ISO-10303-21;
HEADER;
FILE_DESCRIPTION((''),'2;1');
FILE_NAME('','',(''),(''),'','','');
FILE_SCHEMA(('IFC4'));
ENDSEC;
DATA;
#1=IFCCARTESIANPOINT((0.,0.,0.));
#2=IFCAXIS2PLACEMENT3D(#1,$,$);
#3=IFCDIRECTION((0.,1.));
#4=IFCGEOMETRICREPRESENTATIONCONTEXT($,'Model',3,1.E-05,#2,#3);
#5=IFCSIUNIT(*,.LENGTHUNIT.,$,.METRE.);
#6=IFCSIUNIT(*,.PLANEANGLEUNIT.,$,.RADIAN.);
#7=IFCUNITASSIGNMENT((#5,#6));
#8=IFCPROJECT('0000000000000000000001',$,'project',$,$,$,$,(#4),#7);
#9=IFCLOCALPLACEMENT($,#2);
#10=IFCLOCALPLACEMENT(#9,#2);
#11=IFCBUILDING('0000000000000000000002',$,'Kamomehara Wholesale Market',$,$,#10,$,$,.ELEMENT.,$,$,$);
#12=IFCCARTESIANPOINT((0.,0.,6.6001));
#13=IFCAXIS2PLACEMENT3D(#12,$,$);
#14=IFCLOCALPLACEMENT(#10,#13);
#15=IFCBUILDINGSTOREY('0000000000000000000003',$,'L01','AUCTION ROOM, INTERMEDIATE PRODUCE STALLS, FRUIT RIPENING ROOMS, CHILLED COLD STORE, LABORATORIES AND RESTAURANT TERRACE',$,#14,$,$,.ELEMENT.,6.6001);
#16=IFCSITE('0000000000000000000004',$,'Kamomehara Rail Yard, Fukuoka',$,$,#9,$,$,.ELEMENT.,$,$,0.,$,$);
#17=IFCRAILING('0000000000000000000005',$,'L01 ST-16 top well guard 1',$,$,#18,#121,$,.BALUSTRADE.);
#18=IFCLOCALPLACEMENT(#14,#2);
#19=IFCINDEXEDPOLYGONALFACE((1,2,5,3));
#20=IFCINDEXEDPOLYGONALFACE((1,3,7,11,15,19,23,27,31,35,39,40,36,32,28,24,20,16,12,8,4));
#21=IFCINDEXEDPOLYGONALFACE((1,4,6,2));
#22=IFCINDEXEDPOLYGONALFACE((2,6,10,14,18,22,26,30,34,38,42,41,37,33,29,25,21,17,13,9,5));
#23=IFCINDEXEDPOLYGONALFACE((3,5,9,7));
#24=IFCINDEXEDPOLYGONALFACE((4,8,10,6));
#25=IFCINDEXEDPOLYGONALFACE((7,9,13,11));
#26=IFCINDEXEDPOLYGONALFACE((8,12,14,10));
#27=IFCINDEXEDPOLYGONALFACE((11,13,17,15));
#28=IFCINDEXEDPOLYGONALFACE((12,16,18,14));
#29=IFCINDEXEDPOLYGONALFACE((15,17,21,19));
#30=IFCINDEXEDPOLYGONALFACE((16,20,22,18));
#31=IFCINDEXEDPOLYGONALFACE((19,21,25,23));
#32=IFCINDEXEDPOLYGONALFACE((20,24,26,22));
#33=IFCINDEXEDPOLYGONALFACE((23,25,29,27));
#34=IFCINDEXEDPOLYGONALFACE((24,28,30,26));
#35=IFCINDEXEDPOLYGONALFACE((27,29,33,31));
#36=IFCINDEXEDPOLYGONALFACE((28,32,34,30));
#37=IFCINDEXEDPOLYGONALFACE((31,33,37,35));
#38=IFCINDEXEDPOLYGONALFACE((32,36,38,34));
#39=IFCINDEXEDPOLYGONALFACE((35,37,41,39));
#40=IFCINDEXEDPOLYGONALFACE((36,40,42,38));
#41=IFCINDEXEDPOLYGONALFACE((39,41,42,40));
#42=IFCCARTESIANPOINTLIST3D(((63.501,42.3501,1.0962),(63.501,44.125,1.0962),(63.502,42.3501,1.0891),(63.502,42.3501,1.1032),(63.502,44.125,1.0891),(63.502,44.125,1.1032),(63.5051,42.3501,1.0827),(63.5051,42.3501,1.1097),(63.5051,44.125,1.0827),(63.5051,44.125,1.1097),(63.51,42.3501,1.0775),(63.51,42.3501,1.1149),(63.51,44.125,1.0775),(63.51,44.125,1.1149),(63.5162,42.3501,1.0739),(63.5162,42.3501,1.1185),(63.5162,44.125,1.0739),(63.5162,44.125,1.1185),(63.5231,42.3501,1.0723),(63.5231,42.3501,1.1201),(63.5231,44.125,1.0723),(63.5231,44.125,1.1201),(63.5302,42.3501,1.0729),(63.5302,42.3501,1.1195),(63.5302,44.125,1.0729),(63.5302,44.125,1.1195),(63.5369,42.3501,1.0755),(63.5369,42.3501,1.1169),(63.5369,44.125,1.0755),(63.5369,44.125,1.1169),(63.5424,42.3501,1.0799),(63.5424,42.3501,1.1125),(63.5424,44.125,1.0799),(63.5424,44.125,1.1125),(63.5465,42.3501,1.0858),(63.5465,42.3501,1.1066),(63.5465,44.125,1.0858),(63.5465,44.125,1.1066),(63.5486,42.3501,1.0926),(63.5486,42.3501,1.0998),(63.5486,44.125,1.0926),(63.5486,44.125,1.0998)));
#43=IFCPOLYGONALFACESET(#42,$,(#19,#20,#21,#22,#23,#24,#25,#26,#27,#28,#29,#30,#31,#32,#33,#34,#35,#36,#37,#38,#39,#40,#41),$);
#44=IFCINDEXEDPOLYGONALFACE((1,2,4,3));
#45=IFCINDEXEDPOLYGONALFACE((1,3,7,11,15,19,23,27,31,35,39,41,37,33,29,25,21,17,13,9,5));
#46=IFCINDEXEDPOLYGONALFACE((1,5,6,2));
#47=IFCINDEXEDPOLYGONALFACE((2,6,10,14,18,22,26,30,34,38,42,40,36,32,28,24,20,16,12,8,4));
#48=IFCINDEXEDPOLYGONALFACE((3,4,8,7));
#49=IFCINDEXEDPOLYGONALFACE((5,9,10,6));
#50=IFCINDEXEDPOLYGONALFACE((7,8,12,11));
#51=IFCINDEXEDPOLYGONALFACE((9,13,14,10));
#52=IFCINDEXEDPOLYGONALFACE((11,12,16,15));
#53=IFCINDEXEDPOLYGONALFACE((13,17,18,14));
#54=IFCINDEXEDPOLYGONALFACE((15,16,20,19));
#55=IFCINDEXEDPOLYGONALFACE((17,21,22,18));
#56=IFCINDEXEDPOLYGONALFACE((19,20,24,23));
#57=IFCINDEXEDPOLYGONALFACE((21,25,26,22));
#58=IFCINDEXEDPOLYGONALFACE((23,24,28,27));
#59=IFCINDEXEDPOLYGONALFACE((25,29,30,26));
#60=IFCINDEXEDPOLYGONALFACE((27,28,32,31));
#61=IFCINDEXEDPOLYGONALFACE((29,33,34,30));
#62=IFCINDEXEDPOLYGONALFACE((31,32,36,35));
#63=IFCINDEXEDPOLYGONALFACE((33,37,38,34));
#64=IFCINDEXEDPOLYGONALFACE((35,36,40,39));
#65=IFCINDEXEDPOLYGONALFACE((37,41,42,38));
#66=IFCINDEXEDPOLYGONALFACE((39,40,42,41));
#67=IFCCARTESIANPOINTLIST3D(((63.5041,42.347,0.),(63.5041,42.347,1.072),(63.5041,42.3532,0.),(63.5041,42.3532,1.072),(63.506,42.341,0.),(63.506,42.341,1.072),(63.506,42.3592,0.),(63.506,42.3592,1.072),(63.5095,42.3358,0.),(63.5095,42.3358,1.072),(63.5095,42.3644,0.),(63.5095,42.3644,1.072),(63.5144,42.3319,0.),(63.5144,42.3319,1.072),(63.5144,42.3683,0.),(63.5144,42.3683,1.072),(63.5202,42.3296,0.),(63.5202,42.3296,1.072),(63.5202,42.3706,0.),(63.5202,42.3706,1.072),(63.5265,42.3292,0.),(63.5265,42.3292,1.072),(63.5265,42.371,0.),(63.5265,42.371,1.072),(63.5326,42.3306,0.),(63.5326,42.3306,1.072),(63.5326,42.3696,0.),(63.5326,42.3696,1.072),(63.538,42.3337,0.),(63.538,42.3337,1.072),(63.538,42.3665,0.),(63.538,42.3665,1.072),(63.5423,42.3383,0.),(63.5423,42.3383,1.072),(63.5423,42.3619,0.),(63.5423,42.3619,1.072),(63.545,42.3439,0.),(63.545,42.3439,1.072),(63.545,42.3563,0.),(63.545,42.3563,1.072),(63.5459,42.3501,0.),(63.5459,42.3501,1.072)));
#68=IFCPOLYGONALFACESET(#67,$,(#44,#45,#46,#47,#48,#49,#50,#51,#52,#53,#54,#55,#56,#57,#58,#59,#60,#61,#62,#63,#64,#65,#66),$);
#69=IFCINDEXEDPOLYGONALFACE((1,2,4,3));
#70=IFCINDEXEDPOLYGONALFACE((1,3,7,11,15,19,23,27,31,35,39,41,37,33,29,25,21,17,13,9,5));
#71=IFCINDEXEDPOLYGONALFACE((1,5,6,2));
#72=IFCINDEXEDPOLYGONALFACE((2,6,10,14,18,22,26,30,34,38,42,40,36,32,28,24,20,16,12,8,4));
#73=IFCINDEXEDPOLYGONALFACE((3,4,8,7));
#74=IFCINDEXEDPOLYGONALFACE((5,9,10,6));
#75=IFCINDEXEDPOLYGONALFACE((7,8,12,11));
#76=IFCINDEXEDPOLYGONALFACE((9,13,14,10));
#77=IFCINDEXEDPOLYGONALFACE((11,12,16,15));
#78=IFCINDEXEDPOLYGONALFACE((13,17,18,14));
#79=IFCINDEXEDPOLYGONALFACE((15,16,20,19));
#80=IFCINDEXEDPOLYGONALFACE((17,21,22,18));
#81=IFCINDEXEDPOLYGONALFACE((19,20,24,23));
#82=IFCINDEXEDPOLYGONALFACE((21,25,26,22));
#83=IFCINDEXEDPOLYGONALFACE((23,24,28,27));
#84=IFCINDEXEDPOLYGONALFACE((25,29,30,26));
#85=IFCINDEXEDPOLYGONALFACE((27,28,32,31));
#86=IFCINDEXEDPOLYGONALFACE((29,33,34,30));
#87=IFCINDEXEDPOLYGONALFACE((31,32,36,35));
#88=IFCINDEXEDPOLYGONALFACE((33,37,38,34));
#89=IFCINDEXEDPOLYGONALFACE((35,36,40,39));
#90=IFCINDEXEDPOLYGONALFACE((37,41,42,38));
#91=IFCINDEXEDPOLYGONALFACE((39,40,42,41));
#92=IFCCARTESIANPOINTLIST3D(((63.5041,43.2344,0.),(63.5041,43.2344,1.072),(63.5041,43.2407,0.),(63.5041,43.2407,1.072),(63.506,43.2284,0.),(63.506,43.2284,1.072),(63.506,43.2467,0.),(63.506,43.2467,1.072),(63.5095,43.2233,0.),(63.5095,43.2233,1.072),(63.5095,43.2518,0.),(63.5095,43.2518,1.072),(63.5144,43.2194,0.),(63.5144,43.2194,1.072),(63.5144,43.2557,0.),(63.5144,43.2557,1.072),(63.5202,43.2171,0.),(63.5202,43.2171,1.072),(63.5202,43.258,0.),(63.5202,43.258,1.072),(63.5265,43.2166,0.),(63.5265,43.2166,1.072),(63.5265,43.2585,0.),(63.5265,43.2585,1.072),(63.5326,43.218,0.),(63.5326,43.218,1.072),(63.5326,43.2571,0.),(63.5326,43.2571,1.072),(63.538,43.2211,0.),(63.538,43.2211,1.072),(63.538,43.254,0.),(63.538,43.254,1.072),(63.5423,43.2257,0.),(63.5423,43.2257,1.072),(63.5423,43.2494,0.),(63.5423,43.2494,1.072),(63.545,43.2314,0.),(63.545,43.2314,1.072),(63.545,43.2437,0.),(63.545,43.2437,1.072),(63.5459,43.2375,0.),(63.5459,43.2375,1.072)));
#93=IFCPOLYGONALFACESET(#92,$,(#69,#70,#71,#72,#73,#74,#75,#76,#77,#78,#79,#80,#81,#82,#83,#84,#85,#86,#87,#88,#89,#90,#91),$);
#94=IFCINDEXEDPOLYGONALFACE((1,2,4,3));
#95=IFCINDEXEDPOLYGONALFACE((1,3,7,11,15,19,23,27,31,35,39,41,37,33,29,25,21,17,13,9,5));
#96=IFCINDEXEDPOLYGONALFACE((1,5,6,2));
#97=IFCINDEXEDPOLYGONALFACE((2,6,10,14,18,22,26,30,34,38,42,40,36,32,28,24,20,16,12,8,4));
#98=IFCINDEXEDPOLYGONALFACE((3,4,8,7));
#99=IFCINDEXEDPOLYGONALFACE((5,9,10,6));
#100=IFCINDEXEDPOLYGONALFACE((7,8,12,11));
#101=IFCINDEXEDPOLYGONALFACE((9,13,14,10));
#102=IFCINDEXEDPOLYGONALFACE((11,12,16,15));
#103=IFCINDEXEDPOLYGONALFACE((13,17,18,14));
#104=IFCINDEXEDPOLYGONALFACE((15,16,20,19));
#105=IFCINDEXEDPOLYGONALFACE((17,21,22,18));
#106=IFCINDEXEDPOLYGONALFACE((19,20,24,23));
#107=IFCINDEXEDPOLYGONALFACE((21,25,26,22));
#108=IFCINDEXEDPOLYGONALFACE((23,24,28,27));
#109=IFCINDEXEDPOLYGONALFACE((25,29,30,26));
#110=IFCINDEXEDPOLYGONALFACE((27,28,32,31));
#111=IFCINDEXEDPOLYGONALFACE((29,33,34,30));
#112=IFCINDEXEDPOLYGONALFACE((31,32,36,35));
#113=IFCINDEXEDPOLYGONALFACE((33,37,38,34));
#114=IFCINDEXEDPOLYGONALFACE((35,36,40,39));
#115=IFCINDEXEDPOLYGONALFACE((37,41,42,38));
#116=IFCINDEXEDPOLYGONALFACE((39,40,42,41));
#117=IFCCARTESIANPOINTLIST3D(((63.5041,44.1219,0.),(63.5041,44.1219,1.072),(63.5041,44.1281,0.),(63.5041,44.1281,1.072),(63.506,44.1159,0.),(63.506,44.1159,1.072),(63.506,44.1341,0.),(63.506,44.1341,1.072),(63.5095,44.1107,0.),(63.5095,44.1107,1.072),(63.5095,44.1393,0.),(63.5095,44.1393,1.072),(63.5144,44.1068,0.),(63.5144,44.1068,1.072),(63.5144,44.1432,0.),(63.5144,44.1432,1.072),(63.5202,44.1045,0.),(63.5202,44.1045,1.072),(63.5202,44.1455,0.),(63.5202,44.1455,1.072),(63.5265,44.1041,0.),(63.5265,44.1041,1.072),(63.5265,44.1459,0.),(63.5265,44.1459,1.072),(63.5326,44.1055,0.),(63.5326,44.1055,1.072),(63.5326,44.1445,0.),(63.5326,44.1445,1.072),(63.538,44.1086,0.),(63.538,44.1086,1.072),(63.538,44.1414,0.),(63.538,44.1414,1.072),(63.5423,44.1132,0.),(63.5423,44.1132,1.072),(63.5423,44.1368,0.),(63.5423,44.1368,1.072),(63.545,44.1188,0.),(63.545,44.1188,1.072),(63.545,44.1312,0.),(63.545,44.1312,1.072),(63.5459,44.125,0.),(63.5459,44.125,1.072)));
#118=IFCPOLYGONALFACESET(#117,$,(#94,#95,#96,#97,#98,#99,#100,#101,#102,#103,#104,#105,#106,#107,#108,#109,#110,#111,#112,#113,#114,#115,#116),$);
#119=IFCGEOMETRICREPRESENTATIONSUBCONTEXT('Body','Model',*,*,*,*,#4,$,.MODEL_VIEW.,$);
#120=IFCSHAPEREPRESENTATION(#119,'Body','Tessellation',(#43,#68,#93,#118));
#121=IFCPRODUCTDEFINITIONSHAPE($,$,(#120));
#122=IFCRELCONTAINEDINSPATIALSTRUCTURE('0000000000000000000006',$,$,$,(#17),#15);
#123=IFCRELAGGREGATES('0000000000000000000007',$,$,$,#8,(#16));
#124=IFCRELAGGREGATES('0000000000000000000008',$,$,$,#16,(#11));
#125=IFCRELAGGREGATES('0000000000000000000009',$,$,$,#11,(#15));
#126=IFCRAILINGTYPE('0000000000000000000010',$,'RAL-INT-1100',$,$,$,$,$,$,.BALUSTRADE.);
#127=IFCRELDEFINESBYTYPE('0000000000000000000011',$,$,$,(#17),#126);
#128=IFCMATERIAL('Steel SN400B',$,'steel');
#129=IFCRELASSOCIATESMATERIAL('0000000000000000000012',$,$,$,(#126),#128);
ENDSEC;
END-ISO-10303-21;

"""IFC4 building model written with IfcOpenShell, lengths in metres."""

from ifc_helpers import new_model, si_unit, direction, frame, origin, origin_2d, place, context, subcontext, project, spatial, circle, extrude, material, type_object, element, save


model = new_model("IFC4")

# Units and contexts
model_context = context("Model", 3, precision=1e-05, world=origin(), true_north=direction((0.0, 1.0)))
body_context = subcontext(model_context, "Body", "Model", "MODEL_VIEW")
ifc_project = project(units=[si_unit("LENGTHUNIT", "METRE"), si_unit("PLANEANGLEUNIT", "RADIAN")], contexts=[model_context])

# Site, building, storey
site_placement = place(None, origin())
site = spatial("IfcSite", under=ifc_project, at=site_placement, Name="Kamomehara Rail Yard, Fukuoka", CompositionType="ELEMENT", RefElevation=0.0)
building_placement = place(site_placement, origin())
building = spatial("IfcBuilding", under=site, at=building_placement, Name="Kamomehara Wholesale Market", CompositionType="ELEMENT")
storey_placement = place(building_placement, frame((0.0, 0.0, 6.6001)))
storey = spatial("IfcBuildingStorey", under=building, at=storey_placement, Name="L01", Description="AUCTION ROOM, INTERMEDIATE PRODUCE STALLS, FRUIT RIPENING ROOMS, CHILLED COLD STORE, LABORATORIES AND RESTAURANT TERRACE", CompositionType="ELEMENT", Elevation=6.6001)

# Railing
ifc_material_1 = material(Name="Steel SN400B", Category="steel")
railing_type = type_object("IfcRailingType", Name="RAL-INT-1100", PredefinedType="BALUSTRADE", material=ifc_material_1)
railing_1_placement = place(storey_placement, frame((63.5249, 42.3501, 0.0)))
element("IfcRailing", 1, at=railing_1_placement, inside=storey, type_object=railing_type, Name="L01 ST-16 top well guard 1", PredefinedType="BALUSTRADE", context=body_context, shape_type="SweptSolid", body=[
    extrude(circle(Radius=0.0239, at=origin_2d()), frame((0.0, 0.0, 1.0962), z_axis=(0.0, 1.0, 0.0), x_axis=(-1.0, 0.0, 0.0)), (0.0, 0.0, 1.0), 1.7749),
    extrude(circle(Radius=0.021, at=origin_2d()), origin(), (0.0, 0.0, 1.0), 1.072),
    extrude(circle(Radius=0.021, at=origin_2d()), frame((0.0, 0.8875, 0.0)), (0.0, 0.0, 1.0), 1.072),
    extrude(circle(Radius=0.021, at=origin_2d()), frame((0.0, 1.7749, 0.0)), (0.0, 0.0, 1.0), 1.072),
])

save(model, "model.ifc")
